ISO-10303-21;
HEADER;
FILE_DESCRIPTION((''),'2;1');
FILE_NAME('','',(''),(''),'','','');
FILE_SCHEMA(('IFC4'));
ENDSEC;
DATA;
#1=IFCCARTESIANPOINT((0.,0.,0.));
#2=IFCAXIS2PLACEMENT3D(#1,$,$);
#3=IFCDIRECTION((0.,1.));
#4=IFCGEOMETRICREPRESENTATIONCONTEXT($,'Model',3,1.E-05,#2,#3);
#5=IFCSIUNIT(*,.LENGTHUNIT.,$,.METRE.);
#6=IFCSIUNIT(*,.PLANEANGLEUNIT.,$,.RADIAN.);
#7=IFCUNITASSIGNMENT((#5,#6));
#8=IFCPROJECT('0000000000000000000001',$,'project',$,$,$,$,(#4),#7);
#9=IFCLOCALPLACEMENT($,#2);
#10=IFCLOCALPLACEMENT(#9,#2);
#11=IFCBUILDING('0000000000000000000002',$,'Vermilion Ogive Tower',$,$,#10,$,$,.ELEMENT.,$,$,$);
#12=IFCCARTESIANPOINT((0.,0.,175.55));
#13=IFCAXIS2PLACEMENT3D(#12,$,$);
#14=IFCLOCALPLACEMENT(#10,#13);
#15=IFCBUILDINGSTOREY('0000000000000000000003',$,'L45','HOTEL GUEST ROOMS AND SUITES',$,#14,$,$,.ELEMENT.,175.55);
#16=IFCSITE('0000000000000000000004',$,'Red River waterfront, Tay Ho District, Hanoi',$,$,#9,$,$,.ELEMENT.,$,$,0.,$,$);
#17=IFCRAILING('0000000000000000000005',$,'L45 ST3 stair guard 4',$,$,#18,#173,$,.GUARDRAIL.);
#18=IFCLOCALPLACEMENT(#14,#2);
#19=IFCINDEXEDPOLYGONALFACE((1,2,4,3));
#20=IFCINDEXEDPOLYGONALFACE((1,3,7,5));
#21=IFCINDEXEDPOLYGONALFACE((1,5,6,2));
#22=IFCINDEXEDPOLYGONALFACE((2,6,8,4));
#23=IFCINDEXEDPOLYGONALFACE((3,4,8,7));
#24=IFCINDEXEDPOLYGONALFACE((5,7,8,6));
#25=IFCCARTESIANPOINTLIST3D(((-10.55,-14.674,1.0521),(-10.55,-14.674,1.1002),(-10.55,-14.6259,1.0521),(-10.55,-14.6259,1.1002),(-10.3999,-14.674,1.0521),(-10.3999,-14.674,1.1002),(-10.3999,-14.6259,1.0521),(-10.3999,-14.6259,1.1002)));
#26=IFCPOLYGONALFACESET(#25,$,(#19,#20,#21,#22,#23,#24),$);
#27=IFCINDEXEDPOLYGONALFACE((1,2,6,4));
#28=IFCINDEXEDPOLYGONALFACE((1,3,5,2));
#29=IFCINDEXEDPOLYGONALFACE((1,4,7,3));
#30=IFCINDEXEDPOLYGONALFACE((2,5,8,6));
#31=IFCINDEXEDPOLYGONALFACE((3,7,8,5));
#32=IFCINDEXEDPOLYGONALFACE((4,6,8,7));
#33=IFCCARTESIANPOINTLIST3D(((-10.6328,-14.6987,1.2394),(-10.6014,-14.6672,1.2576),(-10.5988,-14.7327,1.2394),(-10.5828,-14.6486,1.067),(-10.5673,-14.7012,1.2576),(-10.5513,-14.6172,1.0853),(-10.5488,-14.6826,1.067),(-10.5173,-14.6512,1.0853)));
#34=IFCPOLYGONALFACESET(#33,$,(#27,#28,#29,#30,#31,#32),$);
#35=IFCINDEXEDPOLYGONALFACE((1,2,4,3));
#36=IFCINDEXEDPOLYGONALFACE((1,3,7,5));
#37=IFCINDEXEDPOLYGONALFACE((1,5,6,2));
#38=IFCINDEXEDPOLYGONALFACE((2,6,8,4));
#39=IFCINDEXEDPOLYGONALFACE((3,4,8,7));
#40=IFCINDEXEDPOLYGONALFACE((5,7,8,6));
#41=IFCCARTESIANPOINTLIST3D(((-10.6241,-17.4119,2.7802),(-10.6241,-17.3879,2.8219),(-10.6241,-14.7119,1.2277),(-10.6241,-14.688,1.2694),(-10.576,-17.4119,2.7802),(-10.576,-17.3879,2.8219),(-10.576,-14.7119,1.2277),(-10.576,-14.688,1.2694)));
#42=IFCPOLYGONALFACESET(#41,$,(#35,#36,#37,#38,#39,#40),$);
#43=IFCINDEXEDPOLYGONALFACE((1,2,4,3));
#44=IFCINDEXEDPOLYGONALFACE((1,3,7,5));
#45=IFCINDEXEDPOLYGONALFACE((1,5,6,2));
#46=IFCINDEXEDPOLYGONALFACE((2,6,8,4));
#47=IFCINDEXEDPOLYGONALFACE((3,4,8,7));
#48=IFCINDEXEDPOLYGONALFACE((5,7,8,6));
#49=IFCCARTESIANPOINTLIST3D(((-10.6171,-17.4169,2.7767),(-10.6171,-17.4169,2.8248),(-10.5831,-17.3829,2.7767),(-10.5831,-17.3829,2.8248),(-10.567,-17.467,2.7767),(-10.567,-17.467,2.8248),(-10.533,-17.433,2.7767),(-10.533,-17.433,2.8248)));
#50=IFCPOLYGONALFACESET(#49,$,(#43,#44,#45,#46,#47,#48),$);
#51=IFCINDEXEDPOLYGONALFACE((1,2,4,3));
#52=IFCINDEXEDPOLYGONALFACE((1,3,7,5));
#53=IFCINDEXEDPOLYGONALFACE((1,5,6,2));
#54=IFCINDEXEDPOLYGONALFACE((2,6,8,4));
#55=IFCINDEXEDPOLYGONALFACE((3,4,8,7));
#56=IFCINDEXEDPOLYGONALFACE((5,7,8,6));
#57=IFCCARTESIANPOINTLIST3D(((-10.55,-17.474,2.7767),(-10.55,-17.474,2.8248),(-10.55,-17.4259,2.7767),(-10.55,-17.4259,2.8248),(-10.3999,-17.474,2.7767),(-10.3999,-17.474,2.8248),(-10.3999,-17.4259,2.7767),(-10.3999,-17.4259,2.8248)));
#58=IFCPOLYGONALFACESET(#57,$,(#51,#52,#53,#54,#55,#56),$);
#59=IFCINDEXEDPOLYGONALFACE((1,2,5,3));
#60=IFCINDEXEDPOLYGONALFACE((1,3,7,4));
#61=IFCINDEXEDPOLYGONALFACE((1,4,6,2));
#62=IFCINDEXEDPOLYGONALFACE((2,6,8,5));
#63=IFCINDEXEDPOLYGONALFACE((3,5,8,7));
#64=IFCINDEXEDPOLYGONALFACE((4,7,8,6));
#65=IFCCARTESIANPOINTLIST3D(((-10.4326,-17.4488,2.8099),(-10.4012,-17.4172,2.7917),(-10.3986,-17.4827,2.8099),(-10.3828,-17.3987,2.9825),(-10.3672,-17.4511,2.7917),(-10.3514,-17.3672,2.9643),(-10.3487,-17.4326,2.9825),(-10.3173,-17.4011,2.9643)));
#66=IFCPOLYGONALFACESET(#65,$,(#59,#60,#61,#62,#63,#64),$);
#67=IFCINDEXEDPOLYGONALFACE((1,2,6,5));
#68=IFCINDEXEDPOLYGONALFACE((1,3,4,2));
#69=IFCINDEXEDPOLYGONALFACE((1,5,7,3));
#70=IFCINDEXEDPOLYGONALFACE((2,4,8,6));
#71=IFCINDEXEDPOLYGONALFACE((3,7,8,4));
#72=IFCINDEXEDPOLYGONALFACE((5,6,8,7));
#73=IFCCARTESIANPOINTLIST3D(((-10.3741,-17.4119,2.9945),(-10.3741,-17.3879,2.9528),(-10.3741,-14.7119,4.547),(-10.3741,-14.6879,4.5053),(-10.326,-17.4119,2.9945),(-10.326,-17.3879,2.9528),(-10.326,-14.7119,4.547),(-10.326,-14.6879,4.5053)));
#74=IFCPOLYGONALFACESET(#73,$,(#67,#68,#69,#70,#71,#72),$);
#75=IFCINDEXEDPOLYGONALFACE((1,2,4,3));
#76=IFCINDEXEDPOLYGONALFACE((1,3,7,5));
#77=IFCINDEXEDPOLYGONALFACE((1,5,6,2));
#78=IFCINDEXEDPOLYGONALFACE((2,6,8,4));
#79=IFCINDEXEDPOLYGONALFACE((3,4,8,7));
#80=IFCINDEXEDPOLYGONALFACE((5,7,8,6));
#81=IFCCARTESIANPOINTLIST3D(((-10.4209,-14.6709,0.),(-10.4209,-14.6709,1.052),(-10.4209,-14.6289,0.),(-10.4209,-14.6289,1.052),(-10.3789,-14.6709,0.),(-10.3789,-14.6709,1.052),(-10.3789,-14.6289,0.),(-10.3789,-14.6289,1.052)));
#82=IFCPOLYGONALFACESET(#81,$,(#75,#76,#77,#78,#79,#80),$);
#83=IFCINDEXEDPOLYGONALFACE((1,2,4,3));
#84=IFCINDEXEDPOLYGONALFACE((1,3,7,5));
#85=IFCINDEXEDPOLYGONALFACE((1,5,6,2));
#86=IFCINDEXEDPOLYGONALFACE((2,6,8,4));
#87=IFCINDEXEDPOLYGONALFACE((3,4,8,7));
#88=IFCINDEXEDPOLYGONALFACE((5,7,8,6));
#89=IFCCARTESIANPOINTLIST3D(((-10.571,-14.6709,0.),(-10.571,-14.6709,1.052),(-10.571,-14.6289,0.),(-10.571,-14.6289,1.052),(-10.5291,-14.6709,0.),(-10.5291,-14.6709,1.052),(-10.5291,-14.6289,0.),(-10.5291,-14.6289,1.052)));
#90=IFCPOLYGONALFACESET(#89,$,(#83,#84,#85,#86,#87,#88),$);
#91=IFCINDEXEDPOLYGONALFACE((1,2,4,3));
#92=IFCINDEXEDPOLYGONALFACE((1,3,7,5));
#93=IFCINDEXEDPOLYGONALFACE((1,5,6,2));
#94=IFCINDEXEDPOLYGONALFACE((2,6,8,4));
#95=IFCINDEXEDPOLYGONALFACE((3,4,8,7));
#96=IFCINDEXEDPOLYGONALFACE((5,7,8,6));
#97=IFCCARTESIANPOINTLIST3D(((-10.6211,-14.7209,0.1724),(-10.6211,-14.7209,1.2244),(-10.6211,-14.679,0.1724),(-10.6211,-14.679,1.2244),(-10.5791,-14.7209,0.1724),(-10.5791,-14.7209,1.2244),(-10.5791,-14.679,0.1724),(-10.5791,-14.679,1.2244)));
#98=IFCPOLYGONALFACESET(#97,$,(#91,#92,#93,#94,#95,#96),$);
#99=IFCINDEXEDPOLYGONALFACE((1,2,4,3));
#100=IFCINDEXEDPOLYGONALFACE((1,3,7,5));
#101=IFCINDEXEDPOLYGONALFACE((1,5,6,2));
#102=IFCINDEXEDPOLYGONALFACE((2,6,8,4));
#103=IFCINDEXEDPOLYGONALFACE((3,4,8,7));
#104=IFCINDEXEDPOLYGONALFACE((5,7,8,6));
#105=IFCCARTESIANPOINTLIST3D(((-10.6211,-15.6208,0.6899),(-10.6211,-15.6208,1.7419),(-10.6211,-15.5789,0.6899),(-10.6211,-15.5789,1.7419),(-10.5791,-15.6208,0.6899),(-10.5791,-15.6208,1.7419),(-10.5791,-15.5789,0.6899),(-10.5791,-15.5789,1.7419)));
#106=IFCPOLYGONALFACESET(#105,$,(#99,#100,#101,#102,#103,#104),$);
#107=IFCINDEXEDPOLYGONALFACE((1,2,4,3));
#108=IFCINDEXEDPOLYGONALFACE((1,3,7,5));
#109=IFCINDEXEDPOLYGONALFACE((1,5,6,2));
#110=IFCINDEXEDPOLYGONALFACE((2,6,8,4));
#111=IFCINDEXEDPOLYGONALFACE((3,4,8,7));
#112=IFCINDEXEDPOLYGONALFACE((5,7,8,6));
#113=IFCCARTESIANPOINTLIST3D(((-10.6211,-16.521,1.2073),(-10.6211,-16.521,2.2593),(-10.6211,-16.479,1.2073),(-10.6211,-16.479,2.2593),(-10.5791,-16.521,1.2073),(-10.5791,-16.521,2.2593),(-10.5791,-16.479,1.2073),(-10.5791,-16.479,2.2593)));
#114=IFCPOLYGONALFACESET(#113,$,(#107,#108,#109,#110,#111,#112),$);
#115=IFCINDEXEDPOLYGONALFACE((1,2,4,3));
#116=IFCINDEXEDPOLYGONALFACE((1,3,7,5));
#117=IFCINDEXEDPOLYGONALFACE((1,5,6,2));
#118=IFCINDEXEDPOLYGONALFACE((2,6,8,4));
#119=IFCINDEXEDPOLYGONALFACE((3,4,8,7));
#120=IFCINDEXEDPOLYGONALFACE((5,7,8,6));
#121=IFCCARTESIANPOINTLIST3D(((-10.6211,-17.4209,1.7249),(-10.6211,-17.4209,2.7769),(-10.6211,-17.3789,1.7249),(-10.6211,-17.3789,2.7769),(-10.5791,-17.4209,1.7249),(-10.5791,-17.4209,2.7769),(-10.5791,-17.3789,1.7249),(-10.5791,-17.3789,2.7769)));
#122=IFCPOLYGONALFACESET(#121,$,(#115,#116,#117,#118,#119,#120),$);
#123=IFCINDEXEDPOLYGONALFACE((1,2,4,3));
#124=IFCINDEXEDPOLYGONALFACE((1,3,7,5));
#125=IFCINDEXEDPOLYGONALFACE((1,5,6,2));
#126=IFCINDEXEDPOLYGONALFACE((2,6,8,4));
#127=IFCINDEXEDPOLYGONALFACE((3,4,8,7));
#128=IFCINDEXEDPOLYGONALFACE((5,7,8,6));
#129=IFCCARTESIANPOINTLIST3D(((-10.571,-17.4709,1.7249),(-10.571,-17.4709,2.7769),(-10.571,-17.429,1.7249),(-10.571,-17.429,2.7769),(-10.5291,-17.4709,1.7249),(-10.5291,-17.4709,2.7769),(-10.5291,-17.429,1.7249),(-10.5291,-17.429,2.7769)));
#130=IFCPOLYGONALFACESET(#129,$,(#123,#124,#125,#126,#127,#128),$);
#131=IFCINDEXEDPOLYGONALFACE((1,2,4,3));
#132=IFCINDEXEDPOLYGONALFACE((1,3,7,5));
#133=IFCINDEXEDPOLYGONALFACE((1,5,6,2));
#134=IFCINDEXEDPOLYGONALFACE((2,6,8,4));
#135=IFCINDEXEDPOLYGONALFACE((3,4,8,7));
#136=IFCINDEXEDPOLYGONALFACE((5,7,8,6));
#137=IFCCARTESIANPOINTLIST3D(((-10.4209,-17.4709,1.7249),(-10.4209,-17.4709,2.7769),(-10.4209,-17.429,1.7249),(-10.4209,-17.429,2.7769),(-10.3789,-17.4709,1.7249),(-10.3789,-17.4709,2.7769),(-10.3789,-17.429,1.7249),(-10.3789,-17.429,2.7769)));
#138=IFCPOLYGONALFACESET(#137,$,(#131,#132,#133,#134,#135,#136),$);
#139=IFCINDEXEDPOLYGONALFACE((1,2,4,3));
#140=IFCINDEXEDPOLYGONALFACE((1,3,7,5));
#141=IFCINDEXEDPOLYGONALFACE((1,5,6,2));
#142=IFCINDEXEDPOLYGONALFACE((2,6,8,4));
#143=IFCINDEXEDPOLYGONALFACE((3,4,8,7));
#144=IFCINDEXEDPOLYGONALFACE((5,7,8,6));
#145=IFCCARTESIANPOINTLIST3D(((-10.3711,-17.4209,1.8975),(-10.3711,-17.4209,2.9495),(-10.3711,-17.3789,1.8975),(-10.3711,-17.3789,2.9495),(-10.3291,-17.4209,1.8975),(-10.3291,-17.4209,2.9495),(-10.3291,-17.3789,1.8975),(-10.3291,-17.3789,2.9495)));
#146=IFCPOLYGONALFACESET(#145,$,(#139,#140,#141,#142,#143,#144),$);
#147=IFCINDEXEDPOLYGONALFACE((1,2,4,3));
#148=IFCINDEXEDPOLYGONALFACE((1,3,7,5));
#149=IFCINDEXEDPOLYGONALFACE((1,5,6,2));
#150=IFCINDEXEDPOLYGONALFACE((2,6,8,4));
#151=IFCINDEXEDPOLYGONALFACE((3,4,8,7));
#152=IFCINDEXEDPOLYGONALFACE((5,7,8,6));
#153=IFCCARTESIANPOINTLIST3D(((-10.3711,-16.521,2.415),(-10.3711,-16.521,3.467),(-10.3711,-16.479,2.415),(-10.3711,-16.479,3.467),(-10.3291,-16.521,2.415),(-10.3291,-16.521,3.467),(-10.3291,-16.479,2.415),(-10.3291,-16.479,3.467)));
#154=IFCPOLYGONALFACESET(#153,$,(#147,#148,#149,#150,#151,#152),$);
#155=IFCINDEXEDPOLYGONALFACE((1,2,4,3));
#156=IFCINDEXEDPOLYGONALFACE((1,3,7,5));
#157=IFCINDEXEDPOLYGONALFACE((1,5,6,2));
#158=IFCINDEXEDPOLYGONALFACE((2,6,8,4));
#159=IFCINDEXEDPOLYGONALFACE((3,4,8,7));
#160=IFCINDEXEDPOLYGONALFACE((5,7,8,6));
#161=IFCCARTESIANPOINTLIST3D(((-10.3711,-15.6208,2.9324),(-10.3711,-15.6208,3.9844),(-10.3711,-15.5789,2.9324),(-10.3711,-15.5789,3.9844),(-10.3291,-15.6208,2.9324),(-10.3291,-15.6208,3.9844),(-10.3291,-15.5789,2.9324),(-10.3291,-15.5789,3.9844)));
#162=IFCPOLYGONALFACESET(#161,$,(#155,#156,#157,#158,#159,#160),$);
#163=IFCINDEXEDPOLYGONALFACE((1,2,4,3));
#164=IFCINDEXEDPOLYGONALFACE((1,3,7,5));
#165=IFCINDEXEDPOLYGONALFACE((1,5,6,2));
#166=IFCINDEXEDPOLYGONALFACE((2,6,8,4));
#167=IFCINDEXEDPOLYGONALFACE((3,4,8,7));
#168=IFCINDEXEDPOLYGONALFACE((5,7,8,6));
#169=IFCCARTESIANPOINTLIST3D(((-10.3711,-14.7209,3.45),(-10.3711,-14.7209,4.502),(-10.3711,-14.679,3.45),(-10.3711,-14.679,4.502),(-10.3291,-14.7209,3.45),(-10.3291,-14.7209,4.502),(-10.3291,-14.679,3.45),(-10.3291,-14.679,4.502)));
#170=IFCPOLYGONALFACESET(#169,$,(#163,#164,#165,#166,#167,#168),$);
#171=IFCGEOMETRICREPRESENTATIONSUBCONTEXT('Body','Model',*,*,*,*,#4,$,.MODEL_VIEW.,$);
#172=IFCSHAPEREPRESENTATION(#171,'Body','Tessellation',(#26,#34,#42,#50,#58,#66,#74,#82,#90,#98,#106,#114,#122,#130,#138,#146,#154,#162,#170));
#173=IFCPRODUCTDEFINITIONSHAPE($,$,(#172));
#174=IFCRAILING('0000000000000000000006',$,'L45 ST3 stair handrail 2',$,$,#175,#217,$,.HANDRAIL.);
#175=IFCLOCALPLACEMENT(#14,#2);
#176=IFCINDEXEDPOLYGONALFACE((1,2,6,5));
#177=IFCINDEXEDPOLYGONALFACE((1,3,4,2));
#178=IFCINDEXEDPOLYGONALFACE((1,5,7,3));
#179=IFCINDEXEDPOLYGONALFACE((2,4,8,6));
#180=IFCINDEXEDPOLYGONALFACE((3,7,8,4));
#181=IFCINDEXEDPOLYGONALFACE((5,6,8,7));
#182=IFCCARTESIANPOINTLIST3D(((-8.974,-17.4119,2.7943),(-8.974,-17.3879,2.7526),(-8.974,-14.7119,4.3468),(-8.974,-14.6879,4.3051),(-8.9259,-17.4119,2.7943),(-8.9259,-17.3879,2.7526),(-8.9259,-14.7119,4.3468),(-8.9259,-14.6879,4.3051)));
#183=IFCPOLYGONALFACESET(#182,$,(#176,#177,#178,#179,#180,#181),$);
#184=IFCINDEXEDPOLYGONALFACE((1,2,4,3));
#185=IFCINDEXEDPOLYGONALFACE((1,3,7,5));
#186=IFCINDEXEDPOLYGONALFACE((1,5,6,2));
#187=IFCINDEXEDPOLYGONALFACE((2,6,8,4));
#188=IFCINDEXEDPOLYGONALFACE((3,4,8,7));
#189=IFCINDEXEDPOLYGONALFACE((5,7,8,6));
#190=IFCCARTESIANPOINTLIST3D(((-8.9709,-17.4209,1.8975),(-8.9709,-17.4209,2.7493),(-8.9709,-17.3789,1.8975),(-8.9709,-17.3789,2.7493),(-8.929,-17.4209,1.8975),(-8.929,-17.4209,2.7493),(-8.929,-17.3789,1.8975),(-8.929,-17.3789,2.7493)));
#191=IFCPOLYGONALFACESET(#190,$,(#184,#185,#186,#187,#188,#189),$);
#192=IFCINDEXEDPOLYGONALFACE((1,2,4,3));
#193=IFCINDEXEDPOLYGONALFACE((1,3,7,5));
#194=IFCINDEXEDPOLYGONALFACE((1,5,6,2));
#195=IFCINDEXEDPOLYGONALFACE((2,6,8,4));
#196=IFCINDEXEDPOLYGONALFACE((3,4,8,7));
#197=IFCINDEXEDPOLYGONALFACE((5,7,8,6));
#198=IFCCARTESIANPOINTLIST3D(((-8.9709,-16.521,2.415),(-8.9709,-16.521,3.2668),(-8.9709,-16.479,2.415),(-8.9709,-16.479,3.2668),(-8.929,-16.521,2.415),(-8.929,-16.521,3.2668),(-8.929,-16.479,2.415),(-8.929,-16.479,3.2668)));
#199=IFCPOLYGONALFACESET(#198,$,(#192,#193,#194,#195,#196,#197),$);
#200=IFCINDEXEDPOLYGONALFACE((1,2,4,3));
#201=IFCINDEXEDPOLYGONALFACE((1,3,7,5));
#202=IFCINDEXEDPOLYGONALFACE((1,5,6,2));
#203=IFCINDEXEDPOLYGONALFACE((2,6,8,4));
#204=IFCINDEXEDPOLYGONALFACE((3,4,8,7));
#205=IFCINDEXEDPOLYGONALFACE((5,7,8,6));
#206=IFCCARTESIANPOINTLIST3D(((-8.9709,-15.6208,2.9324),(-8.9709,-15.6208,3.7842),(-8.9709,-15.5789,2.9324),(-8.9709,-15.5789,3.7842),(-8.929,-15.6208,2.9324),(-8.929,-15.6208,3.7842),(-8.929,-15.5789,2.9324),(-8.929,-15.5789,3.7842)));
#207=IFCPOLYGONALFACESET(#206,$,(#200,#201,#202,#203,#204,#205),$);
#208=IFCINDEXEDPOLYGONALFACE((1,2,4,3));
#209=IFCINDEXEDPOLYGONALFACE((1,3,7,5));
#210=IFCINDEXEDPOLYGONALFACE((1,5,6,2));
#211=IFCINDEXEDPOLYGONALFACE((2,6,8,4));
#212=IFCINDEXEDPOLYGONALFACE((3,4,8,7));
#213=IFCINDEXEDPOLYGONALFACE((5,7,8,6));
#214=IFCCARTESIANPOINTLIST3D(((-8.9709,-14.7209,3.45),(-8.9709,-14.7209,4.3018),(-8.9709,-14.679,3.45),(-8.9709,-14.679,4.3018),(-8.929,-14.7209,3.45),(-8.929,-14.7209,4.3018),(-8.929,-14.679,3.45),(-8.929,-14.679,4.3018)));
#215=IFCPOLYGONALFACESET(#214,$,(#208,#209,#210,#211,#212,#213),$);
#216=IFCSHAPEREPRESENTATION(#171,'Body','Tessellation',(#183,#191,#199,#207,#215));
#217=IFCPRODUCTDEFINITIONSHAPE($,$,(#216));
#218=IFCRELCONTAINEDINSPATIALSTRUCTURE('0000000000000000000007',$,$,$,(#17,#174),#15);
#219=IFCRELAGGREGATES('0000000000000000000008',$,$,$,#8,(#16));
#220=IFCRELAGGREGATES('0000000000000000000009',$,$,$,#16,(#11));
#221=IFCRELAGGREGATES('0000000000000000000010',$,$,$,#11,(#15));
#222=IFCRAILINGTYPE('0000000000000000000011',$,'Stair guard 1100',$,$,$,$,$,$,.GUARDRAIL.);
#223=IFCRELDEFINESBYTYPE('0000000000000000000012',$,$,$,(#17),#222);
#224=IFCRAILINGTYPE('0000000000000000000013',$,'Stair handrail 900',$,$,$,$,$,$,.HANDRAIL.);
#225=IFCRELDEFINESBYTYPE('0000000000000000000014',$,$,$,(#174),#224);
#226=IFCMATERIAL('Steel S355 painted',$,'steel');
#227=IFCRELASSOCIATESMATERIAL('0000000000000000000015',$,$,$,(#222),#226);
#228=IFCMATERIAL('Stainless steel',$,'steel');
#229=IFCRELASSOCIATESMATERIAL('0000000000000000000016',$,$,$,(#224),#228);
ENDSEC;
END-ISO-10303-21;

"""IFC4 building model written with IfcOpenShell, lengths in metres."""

from ifc_helpers import new_model, si_unit, direction, frame, origin, origin_2d, place, context, subcontext, project, spatial, rectangle, extrude, material, type_object, element, save


model = new_model("IFC4")

# Units and contexts
model_context = context("Model", 3, precision=1e-05, world=origin(), true_north=direction((0.0, 1.0)))
body_context = subcontext(model_context, "Body", "Model", "MODEL_VIEW")
ifc_project = project(units=[si_unit("LENGTHUNIT", "METRE"), si_unit("PLANEANGLEUNIT", "RADIAN")], contexts=[model_context])

# Site, building, storey
site_placement = place(None, origin())
site = spatial("IfcSite", under=ifc_project, at=site_placement, Name="Red River waterfront, Tay Ho District, Hanoi", CompositionType="ELEMENT", RefElevation=0.0)
building_placement = place(site_placement, origin())
building = spatial("IfcBuilding", under=site, at=building_placement, Name="Vermilion Ogive Tower", CompositionType="ELEMENT")
storey_placement = place(building_placement, frame((0.0, 0.0, 175.55)))
storey = spatial("IfcBuildingStorey", under=building, at=storey_placement, Name="L45", Description="HOTEL GUEST ROOMS AND SUITES", CompositionType="ELEMENT", Elevation=175.55)

# Railings
ifc_material_1 = material(Name="Steel S355 painted", Category="steel")
railing_type_1 = type_object("IfcRailingType", Name="Stair guard 1100", PredefinedType="GUARDRAIL", material=ifc_material_1)
railing_1_placement = place(storey_placement, frame((-10.3999, -14.6499, 0.0)))
element("IfcRailing", 1, at=railing_1_placement, inside=storey, type_object=railing_type_1, Name="L45 ST3 stair guard 4", PredefinedType="GUARDRAIL", context=body_context, shape_type="SweptSolid", body=[
    extrude(rectangle(XDim=0.0481, YDim=0.0481, at=origin_2d()), frame((0.0, 0.0, 1.0762), z_axis=(-1.0, 0.0, 0.0), x_axis=(0.0, -1.0, 0.0)), (0.0, 0.0, 1.0), 0.1501),
    extrude(rectangle(XDim=0.0481, YDim=0.0481, at=origin_2d()), frame((-0.1501, 0.0, 1.0762), z_axis=(-0.268603, -0.268603, 0.925043), x_axis=(0.707107, -0.707107, 0.0)), (0.0, 0.0, 1.0), 0.1863),
    extrude(rectangle(XDim=0.0481, YDim=0.0481, at=origin_2d()), frame((-0.2002, -0.05, 1.2485), z_axis=(0.0, -0.866904, 0.498476), x_axis=(1.0, 0.0, 0.0)), (0.0, 0.0, 1.0), 3.1145),
    extrude(rectangle(XDim=0.0481, YDim=0.0481, at=origin_2d()), frame((-0.2002, -2.75, 2.8008), z_axis=(0.707107, -0.707107, 0.0), x_axis=(0.707107, 0.707107, 0.0)), (0.0, 0.0, 1.0), 0.0708),
    extrude(rectangle(XDim=0.0481, YDim=0.0481, at=origin_2d()), frame((-0.1501, -2.8, 2.8008), z_axis=(1.0, 0.0, 0.0), x_axis=(0.0, 1.0, 0.0)), (0.0, 0.0, 1.0), 0.1501),
    extrude(rectangle(XDim=0.0481, YDim=0.0481, at=origin_2d()), frame((0.0, -2.8, 2.8008), z_axis=(0.267063, 0.268372, 0.925556), x_axis=(-0.708834, 0.705376, 0.0)), (0.0, 0.0, 1.0), 0.1865),
    extrude(rectangle(XDim=0.0481, YDim=0.0481, at=origin_2d()), frame((0.0498, -2.75, 2.9736), z_axis=(0.0, 0.866904, 0.498476), x_axis=(-1.0, 0.0, 0.0)), (0.0, 0.0, 1.0), 3.1145),
    extrude(rectangle(XDim=0.042, YDim=0.042, at=origin_2d()), origin(), (0.0, 0.0, 1.0), 1.052),
    extrude(rectangle(XDim=0.042, YDim=0.042, at=origin_2d()), frame((-0.1501, 0.0, 0.0)), (0.0, 0.0, 1.0), 1.052),
    extrude(rectangle(XDim=0.042, YDim=0.042, at=origin_2d()), frame((-0.2002, -0.05, 0.1724)), (0.0, 0.0, 1.0), 1.052),
    extrude(rectangle(XDim=0.042, YDim=0.042, at=origin_2d()), frame((-0.2002, -0.95, 0.6899)), (0.0, 0.0, 1.0), 1.052),
    extrude(rectangle(XDim=0.042, YDim=0.042, at=origin_2d()), frame((-0.2002, -1.8501, 1.2073)), (0.0, 0.0, 1.0), 1.052),
    extrude(rectangle(XDim=0.042, YDim=0.042, at=origin_2d()), frame((-0.2002, -2.75, 1.7249)), (0.0, 0.0, 1.0), 1.052),
    extrude(rectangle(XDim=0.042, YDim=0.042, at=origin_2d()), frame((-0.1501, -2.8, 1.7249)), (0.0, 0.0, 1.0), 1.052),
    extrude(rectangle(XDim=0.042, YDim=0.042, at=origin_2d()), frame((0.0, -2.8, 1.7249)), (0.0, 0.0, 1.0), 1.052),
    extrude(rectangle(XDim=0.042, YDim=0.042, at=origin_2d()), frame((0.0498, -2.75, 1.8975)), (0.0, 0.0, 1.0), 1.052),
    extrude(rectangle(XDim=0.042, YDim=0.042, at=origin_2d()), frame((0.0498, -1.8501, 2.415)), (0.0, 0.0, 1.0), 1.052),
    extrude(rectangle(XDim=0.042, YDim=0.042, at=origin_2d()), frame((0.0498, -0.95, 2.9324)), (0.0, 0.0, 1.0), 1.052),
    extrude(rectangle(XDim=0.042, YDim=0.042, at=origin_2d()), frame((0.0498, -0.05, 3.45)), (0.0, 0.0, 1.0), 1.052),
])
ifc_material_2 = material(Name="Stainless steel", Category="steel")
railing_type_2 = type_object("IfcRailingType", Name="Stair handrail 900", PredefinedType="HANDRAIL", material=ifc_material_2)
railing_2_placement = place(storey_placement, frame((-8.95, -17.3999, 1.8975)))
element("IfcRailing", 2, at=railing_2_placement, inside=storey, type_object=railing_type_2, Name="L45 ST3 stair handrail 2", PredefinedType="HANDRAIL", context=body_context, shape_type="SweptSolid", body=[
    extrude(rectangle(XDim=0.0481, YDim=0.0481, at=origin_2d()), frame((0.0, 0.0, 0.876), z_axis=(0.0, 0.866904, 0.498476), x_axis=(-1.0, 0.0, 0.0)), (0.0, 0.0, 1.0), 3.1145),
    extrude(rectangle(XDim=0.042, YDim=0.042, at=origin_2d()), origin(), (0.0, 0.0, 1.0), 0.8518),
    extrude(rectangle(XDim=0.042, YDim=0.042, at=origin_2d()), frame((0.0, 0.8999, 0.5176)), (0.0, 0.0, 1.0), 0.8518),
    extrude(rectangle(XDim=0.042, YDim=0.042, at=origin_2d()), frame((0.0, 1.8, 1.0349)), (0.0, 0.0, 1.0), 0.8518),
    extrude(rectangle(XDim=0.042, YDim=0.042, at=origin_2d()), frame((0.0, 2.7, 1.5525)), (0.0, 0.0, 1.0), 0.8518),
])

save(model, "model.ifc")
